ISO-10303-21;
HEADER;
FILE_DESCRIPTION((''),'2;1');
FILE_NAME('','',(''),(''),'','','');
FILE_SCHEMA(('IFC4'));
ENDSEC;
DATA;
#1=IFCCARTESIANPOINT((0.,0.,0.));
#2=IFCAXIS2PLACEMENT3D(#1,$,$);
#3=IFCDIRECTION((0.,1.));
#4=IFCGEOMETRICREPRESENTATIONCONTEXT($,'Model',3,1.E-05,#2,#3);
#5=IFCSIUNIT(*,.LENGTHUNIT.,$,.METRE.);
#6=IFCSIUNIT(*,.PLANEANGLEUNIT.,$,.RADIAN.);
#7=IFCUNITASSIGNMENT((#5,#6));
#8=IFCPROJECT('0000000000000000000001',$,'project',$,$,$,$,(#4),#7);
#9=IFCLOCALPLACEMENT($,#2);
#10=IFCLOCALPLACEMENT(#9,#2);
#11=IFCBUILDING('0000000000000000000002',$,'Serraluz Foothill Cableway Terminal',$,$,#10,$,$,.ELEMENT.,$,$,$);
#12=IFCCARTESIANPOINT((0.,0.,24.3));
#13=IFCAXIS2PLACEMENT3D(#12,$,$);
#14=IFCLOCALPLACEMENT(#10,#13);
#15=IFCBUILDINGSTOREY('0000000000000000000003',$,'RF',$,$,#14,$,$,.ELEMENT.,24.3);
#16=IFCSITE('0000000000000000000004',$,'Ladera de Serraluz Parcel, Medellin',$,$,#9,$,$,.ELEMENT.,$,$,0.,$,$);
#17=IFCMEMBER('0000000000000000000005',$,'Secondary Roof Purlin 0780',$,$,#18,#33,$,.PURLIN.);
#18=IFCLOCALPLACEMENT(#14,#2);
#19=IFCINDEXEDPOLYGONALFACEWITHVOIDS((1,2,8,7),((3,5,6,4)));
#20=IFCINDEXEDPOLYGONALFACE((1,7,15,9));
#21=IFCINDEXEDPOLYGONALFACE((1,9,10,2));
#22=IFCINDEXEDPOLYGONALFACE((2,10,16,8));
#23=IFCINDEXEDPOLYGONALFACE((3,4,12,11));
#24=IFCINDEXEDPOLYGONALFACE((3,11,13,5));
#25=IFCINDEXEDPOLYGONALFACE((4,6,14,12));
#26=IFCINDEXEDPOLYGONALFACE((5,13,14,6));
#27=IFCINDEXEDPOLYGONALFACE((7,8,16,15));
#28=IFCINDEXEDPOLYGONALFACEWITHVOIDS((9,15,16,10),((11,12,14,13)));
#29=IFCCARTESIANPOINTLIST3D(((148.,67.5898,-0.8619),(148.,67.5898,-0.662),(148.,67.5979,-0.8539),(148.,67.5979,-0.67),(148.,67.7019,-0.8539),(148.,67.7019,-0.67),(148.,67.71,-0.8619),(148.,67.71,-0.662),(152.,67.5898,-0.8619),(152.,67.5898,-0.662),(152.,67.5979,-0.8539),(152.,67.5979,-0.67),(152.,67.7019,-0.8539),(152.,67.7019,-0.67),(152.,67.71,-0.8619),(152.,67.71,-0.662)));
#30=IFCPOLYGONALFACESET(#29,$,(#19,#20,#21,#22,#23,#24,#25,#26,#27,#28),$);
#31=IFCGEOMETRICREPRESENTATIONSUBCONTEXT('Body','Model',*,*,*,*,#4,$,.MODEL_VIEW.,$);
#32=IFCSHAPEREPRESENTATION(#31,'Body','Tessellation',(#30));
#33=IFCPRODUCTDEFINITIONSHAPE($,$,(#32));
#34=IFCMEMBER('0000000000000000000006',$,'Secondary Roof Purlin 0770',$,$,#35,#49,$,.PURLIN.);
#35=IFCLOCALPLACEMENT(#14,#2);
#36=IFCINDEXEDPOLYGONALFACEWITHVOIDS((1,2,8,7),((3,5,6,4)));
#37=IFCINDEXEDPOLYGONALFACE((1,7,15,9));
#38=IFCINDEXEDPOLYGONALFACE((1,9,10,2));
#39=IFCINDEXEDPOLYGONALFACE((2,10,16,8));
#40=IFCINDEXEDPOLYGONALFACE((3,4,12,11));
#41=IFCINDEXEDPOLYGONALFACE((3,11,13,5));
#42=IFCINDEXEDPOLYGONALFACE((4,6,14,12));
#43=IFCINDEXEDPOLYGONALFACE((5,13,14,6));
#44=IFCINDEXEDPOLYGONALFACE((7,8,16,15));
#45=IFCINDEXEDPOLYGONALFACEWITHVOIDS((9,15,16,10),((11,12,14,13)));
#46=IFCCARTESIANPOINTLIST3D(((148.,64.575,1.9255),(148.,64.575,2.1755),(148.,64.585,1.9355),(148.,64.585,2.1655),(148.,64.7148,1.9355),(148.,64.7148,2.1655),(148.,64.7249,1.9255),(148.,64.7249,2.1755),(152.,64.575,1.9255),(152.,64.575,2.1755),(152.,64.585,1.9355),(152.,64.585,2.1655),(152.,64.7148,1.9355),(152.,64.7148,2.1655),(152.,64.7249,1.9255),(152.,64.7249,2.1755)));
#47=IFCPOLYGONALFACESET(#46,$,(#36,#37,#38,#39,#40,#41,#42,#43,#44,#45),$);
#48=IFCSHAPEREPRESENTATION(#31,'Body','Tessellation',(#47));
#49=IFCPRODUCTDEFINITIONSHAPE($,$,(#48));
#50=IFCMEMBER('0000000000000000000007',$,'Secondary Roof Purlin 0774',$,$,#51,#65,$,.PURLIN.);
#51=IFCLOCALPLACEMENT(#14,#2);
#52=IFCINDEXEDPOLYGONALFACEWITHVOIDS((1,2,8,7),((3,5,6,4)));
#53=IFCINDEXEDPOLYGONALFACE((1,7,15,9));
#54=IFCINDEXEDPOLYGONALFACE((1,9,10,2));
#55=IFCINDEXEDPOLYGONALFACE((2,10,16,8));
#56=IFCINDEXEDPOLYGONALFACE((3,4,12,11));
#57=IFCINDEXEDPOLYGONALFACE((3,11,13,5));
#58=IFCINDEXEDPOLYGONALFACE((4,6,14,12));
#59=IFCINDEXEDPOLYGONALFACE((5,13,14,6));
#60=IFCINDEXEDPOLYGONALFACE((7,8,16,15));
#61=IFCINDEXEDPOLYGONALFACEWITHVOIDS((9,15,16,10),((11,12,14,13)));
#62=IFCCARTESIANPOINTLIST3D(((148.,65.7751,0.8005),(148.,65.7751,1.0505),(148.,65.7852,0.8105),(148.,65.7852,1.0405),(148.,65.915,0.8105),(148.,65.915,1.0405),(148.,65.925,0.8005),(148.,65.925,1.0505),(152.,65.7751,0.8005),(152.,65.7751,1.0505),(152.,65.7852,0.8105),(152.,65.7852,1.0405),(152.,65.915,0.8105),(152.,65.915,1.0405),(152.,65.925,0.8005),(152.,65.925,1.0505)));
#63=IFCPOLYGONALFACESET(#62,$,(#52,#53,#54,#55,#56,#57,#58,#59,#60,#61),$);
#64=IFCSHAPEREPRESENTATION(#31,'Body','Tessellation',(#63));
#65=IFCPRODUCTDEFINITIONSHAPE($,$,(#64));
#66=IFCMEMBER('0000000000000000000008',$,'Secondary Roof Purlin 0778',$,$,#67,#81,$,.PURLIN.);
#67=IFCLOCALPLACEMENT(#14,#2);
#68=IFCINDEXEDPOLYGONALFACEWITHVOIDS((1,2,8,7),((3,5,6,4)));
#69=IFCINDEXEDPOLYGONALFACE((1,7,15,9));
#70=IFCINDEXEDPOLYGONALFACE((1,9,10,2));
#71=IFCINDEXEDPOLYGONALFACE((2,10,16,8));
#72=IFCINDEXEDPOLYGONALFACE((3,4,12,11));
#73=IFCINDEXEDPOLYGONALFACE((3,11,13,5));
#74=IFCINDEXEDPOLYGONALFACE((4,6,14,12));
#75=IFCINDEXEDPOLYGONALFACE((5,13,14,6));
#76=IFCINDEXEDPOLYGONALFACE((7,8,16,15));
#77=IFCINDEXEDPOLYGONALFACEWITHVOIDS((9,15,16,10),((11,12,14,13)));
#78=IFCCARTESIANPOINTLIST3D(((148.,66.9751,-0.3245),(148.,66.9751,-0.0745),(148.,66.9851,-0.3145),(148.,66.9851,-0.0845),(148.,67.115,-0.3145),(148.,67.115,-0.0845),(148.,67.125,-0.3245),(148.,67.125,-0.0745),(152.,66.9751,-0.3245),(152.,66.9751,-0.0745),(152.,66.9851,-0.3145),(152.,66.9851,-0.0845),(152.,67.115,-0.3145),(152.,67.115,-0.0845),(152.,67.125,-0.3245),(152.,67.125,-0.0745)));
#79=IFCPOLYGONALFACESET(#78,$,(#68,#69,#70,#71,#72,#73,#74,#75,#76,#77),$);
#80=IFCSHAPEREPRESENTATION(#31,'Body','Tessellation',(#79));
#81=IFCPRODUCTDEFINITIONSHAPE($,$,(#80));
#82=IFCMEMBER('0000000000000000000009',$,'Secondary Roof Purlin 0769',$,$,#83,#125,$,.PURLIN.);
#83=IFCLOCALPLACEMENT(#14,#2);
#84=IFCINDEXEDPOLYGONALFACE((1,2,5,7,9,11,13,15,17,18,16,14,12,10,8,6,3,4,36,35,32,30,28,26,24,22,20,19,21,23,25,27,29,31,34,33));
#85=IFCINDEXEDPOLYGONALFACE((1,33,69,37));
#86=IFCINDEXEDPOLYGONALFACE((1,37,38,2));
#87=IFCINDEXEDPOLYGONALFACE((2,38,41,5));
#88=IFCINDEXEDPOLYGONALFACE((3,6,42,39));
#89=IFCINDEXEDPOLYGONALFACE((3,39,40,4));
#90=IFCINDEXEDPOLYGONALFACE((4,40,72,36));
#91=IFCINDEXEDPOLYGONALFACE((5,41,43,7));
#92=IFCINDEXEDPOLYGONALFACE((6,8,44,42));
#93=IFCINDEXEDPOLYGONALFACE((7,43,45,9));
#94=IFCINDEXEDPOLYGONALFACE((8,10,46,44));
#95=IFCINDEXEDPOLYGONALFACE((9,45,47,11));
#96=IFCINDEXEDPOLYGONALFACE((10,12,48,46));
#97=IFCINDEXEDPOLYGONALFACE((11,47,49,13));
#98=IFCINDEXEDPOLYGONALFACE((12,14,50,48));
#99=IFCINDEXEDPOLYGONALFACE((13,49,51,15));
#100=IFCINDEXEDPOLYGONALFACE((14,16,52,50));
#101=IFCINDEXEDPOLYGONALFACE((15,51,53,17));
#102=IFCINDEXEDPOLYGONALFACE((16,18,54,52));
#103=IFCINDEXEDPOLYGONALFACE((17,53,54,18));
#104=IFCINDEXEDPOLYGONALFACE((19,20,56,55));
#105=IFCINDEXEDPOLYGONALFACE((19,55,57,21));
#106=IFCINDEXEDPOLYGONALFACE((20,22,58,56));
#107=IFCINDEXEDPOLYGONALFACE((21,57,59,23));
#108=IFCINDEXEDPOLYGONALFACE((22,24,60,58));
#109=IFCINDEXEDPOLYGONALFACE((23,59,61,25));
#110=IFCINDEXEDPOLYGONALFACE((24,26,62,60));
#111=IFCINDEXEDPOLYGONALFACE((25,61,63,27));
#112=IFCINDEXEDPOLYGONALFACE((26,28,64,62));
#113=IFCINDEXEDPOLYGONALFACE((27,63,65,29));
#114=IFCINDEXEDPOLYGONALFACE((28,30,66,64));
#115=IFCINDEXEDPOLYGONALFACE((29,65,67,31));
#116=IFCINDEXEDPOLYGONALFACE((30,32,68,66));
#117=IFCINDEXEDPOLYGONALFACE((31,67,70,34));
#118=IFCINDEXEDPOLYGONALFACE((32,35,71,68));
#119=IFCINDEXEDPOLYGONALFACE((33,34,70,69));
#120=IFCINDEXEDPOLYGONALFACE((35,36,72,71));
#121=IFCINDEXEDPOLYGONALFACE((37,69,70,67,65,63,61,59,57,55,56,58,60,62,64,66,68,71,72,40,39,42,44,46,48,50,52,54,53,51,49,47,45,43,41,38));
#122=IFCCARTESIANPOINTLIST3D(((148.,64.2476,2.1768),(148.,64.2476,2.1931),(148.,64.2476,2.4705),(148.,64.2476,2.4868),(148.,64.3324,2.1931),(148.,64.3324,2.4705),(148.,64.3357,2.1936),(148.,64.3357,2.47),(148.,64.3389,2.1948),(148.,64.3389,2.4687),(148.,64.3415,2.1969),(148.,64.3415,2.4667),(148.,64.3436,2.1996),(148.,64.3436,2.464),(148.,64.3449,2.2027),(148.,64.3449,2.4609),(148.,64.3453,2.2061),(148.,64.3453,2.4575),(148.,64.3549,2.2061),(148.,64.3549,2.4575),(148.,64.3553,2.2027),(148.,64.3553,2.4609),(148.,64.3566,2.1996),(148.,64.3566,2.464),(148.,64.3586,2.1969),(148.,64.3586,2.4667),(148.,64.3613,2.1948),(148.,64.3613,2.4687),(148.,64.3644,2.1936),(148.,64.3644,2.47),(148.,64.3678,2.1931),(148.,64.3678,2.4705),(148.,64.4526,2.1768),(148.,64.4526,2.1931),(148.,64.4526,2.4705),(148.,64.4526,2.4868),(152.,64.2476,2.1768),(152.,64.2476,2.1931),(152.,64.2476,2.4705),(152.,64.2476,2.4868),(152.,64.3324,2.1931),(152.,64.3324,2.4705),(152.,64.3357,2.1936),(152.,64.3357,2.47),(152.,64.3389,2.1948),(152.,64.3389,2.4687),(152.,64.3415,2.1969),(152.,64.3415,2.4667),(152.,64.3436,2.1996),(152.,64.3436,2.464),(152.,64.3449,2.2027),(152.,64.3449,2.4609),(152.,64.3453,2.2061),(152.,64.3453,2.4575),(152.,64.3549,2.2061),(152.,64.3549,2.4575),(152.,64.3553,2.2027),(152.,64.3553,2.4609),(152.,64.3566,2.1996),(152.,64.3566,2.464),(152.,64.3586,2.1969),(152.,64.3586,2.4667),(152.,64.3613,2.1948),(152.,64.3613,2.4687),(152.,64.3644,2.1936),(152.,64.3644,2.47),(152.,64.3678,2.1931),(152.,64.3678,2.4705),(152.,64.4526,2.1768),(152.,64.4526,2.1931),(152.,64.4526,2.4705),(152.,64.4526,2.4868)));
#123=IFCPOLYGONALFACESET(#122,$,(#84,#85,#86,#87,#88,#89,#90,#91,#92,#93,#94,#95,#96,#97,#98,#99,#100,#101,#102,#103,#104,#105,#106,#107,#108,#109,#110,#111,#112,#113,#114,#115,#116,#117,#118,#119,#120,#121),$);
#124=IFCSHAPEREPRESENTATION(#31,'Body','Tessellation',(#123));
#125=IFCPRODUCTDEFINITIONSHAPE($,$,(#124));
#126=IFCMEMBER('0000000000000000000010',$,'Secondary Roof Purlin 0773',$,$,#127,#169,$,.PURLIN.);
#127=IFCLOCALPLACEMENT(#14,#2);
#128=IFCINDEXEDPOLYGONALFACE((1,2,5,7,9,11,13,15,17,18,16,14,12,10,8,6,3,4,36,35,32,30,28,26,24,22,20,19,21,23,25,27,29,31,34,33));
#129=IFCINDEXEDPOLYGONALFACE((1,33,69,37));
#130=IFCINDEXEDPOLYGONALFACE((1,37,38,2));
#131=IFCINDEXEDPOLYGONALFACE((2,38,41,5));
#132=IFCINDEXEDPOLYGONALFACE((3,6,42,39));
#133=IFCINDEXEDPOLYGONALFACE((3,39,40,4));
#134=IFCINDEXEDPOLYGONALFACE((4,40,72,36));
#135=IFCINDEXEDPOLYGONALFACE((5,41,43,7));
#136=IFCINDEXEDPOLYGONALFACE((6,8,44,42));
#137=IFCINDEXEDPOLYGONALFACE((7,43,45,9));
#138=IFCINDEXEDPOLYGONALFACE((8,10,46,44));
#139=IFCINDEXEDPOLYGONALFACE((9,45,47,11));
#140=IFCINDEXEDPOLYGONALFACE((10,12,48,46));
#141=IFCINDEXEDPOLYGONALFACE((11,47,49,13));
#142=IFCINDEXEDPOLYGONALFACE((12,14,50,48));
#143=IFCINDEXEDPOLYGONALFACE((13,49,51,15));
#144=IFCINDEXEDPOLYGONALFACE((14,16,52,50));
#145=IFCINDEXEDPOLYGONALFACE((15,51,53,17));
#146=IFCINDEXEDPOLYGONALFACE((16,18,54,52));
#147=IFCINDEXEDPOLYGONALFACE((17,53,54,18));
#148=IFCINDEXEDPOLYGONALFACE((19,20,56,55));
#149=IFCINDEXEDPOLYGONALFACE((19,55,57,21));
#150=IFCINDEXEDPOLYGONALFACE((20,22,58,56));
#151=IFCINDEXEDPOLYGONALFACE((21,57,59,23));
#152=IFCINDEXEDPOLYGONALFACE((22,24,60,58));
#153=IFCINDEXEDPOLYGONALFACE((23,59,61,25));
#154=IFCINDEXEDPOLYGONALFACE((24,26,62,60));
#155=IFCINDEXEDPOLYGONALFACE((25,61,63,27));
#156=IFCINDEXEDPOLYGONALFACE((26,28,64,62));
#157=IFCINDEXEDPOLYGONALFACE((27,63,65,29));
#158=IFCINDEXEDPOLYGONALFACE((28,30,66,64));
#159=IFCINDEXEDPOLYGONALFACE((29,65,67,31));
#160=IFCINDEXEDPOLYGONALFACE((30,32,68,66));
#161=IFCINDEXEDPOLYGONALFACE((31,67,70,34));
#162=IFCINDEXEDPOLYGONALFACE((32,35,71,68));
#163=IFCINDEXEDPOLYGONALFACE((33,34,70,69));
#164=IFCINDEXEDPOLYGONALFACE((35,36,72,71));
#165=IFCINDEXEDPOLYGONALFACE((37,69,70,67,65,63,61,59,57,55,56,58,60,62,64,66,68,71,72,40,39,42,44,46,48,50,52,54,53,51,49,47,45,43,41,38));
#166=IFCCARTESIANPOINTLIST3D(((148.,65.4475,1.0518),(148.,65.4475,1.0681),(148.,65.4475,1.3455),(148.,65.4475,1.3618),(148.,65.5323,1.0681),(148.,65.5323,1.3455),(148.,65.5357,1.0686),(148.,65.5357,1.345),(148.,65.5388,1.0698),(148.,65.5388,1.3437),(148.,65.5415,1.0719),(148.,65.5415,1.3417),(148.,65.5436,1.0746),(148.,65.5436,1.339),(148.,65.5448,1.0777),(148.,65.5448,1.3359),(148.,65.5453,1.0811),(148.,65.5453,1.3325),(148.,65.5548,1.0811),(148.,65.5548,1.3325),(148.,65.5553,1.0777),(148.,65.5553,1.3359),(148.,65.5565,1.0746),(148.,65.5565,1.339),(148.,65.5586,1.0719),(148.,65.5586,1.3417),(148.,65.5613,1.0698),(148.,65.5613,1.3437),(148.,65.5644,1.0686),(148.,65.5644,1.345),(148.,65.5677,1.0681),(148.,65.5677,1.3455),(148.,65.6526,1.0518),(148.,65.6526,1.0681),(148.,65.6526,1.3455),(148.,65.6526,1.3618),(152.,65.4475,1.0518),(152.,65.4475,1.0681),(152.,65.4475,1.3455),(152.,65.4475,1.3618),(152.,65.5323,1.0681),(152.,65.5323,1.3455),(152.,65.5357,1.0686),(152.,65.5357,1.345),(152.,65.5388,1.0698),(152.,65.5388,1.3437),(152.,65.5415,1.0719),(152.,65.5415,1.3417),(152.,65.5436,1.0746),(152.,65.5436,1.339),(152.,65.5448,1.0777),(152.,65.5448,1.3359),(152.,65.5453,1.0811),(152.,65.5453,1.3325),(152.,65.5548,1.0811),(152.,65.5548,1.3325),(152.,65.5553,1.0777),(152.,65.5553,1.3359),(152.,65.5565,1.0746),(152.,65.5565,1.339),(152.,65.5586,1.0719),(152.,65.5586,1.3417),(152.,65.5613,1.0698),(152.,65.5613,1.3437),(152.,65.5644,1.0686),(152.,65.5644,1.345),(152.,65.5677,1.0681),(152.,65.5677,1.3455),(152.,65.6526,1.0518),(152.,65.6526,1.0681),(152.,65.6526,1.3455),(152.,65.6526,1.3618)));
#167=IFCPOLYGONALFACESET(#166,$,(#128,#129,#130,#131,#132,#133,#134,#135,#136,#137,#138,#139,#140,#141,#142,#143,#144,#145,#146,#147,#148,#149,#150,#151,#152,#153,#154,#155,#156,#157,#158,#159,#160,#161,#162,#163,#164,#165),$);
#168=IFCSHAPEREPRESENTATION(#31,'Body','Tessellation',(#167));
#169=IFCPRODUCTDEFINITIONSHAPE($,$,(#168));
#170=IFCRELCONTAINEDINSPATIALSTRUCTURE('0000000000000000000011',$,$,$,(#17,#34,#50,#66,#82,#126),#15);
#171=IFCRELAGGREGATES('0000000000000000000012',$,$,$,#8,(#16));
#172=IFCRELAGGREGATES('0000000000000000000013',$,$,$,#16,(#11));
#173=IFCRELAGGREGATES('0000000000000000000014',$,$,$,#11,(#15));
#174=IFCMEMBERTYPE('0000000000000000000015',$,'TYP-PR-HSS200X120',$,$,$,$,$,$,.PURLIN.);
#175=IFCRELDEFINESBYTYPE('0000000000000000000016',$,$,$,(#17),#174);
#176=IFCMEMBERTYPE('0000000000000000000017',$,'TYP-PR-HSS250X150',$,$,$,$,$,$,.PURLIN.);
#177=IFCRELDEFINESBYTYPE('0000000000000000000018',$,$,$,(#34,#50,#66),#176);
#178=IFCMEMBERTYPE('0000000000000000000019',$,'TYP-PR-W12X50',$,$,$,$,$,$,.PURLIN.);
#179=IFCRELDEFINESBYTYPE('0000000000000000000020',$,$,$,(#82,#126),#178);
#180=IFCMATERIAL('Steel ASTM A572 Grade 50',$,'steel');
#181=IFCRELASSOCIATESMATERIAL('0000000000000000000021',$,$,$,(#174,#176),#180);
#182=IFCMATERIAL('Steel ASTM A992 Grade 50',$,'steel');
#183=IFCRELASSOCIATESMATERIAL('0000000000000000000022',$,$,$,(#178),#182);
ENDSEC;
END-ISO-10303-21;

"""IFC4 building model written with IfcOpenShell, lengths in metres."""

from ifc_helpers import new_model, si_unit, direction, frame, origin, origin_2d, place, context, subcontext, project, spatial, hollow_rectangle, i_section, extrude, material, material_profile, profile_set, type_object, element, save


model = new_model("IFC4")

# Units and contexts
model_context = context("Model", 3, precision=1e-05, world=origin(), true_north=direction((0.0, 1.0)))
body_context = subcontext(model_context, "Body", "Model", "MODEL_VIEW")
ifc_project = project(units=[si_unit("LENGTHUNIT", "METRE"), si_unit("PLANEANGLEUNIT", "RADIAN")], contexts=[model_context])

# Site, building, storey
site_placement = place(None, origin())
site = spatial("IfcSite", under=ifc_project, at=site_placement, Name="Ladera de Serraluz Parcel, Medellin", CompositionType="ELEMENT", RefElevation=0.0)
building_placement = place(site_placement, origin())
building = spatial("IfcBuilding", under=site, at=building_placement, Name="Serraluz Foothill Cableway Terminal", CompositionType="ELEMENT")
storey_placement = place(building_placement, frame((0.0, 0.0, 24.3)))
storey = spatial("IfcBuildingStorey", under=building, at=storey_placement, Name="RF", CompositionType="ELEMENT", Elevation=24.3)

# Members
ifc_material_1 = material(Name="Steel ASTM A572 Grade 50", Category="steel")
ifc_material_profile_1 = material_profile(ifc_material_1, hollow_rectangle(XDim=0.1201, YDim=0.2, WallThickness=0.0081, at=origin_2d()), Name="HSS200X120X8")
ifc_profile_set_1 = profile_set([ifc_material_profile_1], Name="Steel ASTM A572 Grade 50")
member_type_1 = type_object("IfcMemberType", Name="TYP-PR-HSS200X120", PredefinedType="PURLIN", material=ifc_profile_set_1)
for number, where, z_axis, x_axis, name in (
    (1, (148.0, 67.6499, -0.762), (1.0, 0.0, 0.0), (0.0, 1.0, 0.0), "Secondary Roof Purlin 0780"),
):
    element("IfcMember", number, at=place(storey_placement, frame(where, z_axis=z_axis, x_axis=x_axis)), inside=storey, type_object=member_type_1, Name=name, PredefinedType="PURLIN", context=body_context, shape_type="SweptSolid", body=[
        extrude(hollow_rectangle(XDim=0.1201, YDim=0.2, WallThickness=0.0081, at=origin_2d()), origin(), (0.0, 0.0, 1.0), 4.0),
    ])
ifc_material_profile_2 = material_profile(ifc_material_1, hollow_rectangle(XDim=0.1499, YDim=0.25, WallThickness=0.01, at=origin_2d()), Name="HSS250X150X10")
ifc_profile_set_2 = profile_set([ifc_material_profile_2], Name="Steel ASTM A572 Grade 50")
member_type_2 = type_object("IfcMemberType", Name="TYP-PR-HSS250X150", PredefinedType="PURLIN", material=ifc_profile_set_2)
for number, where, z_axis, x_axis, name in (
    (2, (148.0, 64.6499, 2.0505), (1.0, 0.0, 0.0), (0.0, 1.0, 0.0), "Secondary Roof Purlin 0770"),
    (3, (148.0, 65.8501, 0.9255), (1.0, 0.0, 0.0), (0.0, 1.0, 0.0), "Secondary Roof Purlin 0774"),
    (4, (148.0, 67.05, -0.1995), (1.0, 0.0, 0.0), (0.0, 1.0, 0.0), "Secondary Roof Purlin 0778"),
):
    element("IfcMember", number, at=place(storey_placement, frame(where, z_axis=z_axis, x_axis=x_axis)), inside=storey, type_object=member_type_2, Name=name, PredefinedType="PURLIN", context=body_context, shape_type="SweptSolid", body=[
        extrude(hollow_rectangle(XDim=0.1499, YDim=0.25, WallThickness=0.01, at=origin_2d()), origin(), (0.0, 0.0, 1.0), 4.0),
    ])
ifc_material_2 = material(Name="Steel ASTM A992 Grade 50", Category="steel")
ifc_material_profile_3 = material_profile(ifc_material_2, i_section(OverallWidth=0.2051, OverallDepth=0.3101, WebThickness=0.0095, FlangeThickness=0.0164, FilletRadius=0.0129, at=origin_2d()), Name="W12X50")
ifc_profile_set_3 = profile_set([ifc_material_profile_3], Name="Steel ASTM A992 Grade 50")
member_type_3 = type_object("IfcMemberType", Name="TYP-PR-W12X50", PredefinedType="PURLIN", material=ifc_profile_set_3)
for number, where, z_axis, x_axis, name in (
    (5, (148.0, 64.3501, 2.3318), (1.0, 0.0, 0.0), (0.0, 1.0, 0.0), "Secondary Roof Purlin 0769"),
    (6, (148.0, 65.55, 1.2068), (1.0, 0.0, 0.0), (0.0, 1.0, 0.0), "Secondary Roof Purlin 0773"),
):
    element("IfcMember", number, at=place(storey_placement, frame(where, z_axis=z_axis, x_axis=x_axis)), inside=storey, type_object=member_type_3, Name=name, PredefinedType="PURLIN", context=body_context, shape_type="SweptSolid", body=[
        extrude(i_section(OverallWidth=0.2051, OverallDepth=0.3101, WebThickness=0.0095, FlangeThickness=0.0164, FilletRadius=0.0129, at=origin_2d()), origin(), (0.0, 0.0, 1.0), 4.0),
    ])

save(model, "model.ifc")
